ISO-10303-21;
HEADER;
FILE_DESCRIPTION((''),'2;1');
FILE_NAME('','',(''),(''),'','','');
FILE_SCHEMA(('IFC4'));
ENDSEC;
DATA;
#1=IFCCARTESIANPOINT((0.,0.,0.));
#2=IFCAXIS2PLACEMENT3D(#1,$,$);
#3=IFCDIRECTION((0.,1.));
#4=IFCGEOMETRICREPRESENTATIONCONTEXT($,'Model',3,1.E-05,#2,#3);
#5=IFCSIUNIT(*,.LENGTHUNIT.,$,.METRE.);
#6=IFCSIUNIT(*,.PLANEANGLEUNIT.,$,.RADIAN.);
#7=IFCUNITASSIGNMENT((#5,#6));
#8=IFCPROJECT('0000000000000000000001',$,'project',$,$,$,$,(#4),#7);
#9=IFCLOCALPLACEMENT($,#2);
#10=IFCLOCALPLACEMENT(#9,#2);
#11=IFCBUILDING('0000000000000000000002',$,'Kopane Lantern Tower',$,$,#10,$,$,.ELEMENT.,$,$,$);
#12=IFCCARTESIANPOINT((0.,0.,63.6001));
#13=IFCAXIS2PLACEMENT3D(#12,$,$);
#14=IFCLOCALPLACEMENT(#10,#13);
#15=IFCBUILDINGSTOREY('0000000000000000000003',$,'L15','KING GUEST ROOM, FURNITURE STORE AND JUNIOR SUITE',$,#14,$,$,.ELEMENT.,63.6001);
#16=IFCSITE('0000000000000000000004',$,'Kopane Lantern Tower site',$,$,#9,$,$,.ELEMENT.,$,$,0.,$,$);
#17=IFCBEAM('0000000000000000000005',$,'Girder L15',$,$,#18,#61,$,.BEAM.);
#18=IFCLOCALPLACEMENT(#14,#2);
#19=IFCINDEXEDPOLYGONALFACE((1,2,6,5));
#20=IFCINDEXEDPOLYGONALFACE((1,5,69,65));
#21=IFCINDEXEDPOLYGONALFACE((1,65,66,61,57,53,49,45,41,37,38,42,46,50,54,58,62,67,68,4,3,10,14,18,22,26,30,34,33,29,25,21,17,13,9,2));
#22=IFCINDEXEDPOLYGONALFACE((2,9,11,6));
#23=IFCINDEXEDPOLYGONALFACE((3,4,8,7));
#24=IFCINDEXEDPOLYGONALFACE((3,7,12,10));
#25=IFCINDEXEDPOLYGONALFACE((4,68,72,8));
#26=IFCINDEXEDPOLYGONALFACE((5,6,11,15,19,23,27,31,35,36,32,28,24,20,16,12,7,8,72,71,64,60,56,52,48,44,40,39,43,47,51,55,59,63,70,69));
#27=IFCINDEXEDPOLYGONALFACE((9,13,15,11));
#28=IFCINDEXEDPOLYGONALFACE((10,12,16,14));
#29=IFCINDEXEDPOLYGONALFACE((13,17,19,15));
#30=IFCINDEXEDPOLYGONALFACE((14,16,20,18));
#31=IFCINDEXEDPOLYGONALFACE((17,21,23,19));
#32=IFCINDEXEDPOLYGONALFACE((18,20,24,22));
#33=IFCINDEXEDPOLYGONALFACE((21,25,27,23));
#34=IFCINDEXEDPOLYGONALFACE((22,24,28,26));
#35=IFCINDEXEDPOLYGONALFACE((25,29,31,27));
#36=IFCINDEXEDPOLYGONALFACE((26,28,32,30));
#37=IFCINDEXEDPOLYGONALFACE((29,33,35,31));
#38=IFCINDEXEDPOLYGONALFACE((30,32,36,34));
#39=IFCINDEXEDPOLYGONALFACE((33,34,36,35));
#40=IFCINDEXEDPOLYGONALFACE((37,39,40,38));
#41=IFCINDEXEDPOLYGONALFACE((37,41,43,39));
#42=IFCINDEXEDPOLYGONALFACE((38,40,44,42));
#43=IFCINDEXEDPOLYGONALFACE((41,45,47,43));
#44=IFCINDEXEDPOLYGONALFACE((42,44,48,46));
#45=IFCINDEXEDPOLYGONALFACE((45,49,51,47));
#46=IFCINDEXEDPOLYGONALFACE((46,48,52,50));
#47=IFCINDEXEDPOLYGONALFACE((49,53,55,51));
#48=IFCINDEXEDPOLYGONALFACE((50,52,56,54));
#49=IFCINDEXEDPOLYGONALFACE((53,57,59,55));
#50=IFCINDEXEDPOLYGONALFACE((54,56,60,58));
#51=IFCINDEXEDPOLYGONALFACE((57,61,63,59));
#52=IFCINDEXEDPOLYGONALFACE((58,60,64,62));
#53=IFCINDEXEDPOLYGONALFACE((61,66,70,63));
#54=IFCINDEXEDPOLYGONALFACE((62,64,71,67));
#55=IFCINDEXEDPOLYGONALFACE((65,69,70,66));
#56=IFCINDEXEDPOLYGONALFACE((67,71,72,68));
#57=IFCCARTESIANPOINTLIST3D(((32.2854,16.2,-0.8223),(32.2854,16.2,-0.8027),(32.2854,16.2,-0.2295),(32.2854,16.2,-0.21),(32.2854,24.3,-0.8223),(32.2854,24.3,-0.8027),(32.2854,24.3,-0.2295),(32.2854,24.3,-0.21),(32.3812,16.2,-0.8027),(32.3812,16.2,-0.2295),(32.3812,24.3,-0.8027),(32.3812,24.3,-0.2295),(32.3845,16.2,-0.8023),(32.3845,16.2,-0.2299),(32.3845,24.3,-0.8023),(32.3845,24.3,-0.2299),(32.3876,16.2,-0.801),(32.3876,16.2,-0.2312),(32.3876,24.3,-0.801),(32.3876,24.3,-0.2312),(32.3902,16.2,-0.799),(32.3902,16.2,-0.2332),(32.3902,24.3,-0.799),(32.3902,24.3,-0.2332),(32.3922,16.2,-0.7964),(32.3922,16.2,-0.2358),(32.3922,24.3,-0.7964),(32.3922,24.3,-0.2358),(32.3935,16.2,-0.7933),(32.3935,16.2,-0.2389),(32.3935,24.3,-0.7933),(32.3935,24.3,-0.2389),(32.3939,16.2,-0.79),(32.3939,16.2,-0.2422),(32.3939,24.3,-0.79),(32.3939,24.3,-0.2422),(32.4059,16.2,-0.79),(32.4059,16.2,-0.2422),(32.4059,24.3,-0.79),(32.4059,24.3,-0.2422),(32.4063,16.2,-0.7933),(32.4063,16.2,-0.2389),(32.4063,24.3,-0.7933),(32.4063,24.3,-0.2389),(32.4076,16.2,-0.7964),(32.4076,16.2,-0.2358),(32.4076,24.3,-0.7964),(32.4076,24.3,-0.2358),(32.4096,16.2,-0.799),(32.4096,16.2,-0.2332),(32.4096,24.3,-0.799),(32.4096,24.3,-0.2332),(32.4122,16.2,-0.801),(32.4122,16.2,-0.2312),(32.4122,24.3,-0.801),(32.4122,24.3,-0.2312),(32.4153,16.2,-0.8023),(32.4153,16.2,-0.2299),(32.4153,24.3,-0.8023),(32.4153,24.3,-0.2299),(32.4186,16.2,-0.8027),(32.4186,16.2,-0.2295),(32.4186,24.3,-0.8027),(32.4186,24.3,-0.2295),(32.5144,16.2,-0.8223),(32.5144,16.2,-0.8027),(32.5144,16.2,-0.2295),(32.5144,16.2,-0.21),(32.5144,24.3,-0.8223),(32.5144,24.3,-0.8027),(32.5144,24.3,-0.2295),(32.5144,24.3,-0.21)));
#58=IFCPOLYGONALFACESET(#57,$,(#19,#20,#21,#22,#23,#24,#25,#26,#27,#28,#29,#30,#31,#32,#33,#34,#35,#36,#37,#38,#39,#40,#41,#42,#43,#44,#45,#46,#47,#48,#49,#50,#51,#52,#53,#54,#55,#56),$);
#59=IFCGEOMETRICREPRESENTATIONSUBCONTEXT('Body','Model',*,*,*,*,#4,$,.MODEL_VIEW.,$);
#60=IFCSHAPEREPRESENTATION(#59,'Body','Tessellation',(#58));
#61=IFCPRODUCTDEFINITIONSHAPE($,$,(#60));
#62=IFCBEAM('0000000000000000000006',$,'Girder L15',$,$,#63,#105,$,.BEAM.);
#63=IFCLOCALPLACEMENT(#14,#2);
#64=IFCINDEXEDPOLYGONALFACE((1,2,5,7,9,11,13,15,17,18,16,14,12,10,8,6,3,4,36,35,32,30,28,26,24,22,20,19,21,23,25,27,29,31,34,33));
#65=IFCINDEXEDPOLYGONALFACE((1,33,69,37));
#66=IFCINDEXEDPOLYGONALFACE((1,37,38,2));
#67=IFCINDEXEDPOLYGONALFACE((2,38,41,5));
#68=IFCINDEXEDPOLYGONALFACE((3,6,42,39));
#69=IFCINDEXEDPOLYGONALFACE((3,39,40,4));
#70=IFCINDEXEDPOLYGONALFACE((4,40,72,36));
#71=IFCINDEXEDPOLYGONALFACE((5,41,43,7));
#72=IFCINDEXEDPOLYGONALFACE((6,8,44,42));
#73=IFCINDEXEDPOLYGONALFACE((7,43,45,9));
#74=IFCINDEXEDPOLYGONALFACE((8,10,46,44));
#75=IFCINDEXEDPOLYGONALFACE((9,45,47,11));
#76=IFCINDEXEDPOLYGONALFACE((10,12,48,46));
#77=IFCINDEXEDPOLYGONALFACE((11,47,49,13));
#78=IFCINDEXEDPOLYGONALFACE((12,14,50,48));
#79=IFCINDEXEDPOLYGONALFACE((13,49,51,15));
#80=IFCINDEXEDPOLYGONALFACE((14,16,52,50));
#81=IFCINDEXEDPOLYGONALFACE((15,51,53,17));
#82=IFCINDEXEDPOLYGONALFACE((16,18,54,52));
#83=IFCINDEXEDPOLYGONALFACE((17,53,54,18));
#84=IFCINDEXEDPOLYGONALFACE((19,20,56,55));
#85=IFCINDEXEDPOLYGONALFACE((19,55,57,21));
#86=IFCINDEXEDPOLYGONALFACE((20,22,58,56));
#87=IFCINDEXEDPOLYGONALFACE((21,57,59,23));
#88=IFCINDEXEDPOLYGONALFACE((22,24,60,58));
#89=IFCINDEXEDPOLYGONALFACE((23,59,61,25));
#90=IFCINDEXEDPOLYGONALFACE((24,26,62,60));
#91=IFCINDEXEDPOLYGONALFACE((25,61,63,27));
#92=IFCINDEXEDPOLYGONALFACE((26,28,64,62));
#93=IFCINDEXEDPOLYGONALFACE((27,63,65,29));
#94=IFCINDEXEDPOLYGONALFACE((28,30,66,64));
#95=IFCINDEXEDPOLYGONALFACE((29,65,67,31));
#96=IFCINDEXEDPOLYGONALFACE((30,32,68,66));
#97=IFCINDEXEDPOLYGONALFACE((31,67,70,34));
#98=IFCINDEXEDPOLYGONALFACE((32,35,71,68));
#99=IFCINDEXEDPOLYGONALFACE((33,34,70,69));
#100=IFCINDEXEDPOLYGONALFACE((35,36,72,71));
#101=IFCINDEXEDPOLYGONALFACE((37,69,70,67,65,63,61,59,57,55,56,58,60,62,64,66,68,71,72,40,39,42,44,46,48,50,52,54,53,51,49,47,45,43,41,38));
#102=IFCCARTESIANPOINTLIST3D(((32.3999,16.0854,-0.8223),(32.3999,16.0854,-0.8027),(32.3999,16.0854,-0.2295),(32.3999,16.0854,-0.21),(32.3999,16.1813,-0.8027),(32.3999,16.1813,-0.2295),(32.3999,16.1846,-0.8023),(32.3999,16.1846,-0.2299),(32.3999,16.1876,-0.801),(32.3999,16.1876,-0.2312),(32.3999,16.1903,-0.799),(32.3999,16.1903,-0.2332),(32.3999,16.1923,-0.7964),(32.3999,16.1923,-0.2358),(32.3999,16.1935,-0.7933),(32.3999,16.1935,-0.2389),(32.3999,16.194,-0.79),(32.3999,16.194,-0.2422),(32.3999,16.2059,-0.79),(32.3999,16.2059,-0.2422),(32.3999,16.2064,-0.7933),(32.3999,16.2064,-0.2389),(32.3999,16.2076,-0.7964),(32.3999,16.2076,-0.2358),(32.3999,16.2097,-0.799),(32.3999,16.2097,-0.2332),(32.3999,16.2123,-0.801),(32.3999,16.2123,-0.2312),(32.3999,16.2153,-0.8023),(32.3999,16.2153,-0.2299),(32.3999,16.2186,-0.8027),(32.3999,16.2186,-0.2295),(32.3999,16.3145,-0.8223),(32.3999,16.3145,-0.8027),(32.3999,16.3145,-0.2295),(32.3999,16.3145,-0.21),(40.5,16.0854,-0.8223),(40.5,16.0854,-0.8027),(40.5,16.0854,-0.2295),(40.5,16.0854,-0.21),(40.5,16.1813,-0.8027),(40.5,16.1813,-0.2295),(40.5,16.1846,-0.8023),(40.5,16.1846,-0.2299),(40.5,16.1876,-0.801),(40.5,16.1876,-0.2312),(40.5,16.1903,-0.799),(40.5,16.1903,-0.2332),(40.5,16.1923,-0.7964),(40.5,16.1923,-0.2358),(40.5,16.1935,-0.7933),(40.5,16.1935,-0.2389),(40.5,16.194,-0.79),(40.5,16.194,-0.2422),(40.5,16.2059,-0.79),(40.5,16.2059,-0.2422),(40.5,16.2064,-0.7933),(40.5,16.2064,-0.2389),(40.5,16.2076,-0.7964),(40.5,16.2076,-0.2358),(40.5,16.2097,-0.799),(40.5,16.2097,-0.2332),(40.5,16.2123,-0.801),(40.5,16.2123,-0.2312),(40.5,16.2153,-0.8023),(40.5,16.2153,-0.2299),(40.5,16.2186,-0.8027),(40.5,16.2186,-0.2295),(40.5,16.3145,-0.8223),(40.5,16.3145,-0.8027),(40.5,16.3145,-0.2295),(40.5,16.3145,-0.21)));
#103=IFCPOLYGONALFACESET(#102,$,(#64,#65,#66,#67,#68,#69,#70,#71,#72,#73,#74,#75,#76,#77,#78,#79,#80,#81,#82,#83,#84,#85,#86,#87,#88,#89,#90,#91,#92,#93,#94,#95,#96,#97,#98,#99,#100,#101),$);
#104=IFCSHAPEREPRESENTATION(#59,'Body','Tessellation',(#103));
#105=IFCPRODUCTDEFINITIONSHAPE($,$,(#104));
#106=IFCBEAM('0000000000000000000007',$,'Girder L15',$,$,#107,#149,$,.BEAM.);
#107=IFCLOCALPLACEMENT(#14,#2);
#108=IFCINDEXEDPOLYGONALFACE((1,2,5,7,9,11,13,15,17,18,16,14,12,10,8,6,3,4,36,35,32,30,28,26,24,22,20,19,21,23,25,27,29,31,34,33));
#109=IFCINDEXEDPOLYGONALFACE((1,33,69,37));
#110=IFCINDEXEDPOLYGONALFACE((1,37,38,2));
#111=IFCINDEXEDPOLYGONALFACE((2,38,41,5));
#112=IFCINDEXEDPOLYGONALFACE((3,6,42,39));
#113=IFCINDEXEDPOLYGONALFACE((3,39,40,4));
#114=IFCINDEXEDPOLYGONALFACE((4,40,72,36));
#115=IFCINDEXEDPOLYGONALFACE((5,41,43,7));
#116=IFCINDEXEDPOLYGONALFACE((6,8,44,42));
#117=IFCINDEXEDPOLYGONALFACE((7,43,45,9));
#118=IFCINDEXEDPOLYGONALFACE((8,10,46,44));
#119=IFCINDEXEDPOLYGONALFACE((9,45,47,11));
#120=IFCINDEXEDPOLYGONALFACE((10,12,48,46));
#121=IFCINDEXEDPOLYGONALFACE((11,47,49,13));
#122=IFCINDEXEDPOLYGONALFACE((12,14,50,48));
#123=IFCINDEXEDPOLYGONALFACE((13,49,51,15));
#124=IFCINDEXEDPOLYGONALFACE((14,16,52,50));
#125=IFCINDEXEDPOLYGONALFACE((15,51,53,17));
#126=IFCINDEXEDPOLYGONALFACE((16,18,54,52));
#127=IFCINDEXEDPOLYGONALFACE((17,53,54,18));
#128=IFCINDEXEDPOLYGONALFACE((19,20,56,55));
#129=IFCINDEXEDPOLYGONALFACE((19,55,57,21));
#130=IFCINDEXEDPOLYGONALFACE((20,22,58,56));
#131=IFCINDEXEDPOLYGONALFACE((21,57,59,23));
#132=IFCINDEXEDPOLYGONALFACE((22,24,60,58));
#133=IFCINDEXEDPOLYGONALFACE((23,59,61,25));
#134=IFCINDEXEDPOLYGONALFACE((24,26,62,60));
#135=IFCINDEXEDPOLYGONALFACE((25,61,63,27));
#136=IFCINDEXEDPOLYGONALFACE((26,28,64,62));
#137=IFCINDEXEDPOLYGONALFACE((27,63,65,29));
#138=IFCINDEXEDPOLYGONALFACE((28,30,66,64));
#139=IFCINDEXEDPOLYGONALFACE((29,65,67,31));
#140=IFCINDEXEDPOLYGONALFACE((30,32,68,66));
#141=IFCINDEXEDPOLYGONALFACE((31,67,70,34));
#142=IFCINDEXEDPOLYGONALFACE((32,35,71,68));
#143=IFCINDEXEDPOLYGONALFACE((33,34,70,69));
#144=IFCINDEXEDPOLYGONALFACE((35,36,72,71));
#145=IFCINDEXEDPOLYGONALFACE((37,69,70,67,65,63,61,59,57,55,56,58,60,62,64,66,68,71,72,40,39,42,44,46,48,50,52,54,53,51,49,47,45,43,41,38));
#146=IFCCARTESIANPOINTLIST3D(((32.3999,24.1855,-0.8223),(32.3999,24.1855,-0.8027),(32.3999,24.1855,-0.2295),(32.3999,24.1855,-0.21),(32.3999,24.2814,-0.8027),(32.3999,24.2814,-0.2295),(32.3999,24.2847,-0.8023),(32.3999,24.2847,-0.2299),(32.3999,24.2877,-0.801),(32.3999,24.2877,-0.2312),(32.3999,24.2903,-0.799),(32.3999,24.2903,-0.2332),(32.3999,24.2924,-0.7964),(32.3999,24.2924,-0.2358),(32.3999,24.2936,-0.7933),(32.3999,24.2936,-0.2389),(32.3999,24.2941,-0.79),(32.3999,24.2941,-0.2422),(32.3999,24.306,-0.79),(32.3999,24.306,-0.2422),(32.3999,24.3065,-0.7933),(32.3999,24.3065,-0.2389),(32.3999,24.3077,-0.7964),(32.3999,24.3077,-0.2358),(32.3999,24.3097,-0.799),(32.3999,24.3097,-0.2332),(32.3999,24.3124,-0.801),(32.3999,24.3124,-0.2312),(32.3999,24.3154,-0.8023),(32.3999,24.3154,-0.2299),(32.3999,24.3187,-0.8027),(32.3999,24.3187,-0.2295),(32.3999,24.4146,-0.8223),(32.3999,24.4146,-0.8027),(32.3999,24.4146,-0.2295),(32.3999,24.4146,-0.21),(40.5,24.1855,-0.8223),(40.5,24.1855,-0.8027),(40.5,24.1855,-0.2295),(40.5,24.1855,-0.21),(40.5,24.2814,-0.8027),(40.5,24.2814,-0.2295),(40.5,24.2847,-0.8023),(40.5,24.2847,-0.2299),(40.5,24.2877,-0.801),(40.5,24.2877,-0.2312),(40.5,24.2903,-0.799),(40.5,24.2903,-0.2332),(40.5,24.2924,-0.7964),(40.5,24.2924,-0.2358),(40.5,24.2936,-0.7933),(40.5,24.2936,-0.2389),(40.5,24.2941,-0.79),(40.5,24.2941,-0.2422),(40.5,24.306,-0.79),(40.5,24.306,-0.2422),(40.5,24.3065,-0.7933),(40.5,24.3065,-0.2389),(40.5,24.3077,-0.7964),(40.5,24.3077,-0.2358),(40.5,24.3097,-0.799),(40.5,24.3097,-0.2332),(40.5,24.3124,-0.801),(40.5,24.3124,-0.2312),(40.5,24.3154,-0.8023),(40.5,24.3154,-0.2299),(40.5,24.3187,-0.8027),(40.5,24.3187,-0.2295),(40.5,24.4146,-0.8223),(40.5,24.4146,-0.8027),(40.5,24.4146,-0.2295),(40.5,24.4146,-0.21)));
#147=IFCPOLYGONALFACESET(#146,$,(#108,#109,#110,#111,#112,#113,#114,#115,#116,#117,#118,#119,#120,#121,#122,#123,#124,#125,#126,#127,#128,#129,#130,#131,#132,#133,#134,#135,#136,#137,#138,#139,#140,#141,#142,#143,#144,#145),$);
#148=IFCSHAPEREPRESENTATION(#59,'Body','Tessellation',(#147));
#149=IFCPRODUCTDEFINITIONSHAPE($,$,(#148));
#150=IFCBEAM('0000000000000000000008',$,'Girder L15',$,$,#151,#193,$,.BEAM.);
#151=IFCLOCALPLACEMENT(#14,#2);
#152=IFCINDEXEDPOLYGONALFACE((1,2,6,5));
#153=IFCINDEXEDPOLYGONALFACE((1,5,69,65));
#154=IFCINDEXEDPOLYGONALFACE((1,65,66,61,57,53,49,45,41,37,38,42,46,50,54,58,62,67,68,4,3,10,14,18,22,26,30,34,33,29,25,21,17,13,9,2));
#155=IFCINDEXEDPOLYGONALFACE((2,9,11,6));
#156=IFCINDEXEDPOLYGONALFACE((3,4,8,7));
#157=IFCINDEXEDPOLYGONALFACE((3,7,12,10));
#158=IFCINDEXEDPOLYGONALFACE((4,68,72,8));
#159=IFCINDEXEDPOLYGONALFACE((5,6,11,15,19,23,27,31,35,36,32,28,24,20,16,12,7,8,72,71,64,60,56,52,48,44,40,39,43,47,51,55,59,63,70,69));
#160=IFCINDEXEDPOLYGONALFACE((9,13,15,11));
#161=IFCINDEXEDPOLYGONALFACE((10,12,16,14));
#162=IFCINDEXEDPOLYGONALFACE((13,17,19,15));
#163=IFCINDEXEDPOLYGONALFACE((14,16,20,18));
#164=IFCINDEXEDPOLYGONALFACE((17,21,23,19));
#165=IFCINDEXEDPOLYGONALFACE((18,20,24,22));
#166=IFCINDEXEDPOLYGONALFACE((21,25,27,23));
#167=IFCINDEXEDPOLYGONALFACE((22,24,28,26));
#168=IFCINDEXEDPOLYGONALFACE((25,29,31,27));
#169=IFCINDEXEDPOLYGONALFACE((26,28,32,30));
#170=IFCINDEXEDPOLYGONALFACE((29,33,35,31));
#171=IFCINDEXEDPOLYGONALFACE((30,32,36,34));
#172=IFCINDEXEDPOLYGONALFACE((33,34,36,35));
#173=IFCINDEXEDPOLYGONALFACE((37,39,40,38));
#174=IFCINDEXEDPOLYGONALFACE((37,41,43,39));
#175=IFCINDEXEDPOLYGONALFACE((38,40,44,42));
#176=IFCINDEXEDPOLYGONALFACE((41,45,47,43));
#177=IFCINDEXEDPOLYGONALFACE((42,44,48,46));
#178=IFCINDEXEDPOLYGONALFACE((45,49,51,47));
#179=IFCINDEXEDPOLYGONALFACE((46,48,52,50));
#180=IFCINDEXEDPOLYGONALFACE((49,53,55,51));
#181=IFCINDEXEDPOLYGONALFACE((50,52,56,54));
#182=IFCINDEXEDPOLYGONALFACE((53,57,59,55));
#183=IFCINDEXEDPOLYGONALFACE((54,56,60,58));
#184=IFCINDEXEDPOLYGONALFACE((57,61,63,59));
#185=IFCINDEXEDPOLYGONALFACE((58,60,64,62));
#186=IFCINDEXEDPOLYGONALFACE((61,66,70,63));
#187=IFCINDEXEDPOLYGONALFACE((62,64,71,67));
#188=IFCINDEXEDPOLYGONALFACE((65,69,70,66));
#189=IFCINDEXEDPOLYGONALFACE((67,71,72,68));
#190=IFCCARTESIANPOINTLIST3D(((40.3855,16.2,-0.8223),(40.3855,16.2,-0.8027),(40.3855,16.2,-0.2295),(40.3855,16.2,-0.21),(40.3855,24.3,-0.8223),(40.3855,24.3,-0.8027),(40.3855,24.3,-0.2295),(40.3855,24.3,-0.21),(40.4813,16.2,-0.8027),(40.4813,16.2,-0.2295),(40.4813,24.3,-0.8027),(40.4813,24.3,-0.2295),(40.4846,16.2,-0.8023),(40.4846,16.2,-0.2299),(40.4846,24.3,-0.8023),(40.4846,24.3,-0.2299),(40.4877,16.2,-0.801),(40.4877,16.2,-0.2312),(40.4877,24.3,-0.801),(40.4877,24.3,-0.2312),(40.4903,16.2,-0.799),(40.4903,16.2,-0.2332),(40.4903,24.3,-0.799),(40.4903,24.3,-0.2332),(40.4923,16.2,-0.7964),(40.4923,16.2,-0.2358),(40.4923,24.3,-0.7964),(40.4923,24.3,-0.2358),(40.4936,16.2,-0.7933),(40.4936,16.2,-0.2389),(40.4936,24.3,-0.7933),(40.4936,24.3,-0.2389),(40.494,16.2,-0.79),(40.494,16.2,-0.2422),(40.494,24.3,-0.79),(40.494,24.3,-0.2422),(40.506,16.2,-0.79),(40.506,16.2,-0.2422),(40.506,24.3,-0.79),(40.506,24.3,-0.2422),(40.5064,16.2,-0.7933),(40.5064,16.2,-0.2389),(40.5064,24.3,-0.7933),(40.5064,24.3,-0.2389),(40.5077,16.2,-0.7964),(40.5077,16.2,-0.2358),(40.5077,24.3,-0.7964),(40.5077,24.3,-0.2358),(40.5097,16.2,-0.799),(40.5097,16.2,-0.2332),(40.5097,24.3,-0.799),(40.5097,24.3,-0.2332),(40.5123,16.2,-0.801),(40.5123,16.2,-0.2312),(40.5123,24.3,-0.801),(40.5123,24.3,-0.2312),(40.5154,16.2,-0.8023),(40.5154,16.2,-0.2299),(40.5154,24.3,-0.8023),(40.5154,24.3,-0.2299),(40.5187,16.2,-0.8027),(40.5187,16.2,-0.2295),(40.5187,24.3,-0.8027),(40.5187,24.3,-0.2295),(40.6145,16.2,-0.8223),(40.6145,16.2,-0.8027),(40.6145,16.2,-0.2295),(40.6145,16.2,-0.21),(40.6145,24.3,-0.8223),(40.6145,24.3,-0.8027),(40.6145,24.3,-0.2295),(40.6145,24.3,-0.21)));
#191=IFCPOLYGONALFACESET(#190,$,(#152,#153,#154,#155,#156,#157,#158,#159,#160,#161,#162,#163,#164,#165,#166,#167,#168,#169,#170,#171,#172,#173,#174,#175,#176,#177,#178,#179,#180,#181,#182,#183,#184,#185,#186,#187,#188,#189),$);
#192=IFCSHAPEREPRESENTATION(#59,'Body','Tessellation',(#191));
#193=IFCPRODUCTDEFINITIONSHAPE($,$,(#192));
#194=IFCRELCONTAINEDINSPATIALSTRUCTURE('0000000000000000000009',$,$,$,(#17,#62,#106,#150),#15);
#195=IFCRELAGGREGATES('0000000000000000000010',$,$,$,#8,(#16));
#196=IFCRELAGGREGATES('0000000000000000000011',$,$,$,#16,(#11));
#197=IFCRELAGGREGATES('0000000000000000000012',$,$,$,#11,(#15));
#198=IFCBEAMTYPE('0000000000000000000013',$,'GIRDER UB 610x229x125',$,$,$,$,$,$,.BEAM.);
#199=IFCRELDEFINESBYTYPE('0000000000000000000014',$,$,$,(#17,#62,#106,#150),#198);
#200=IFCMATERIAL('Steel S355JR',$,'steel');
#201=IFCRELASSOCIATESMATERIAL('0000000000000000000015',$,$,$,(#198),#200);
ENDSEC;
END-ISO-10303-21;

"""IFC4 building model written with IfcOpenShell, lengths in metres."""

from ifc_helpers import new_model, si_unit, direction, frame, origin, origin_2d, place, context, subcontext, project, spatial, i_section, extrude, material, material_profile, profile_set, type_object, element, save


model = new_model("IFC4")

# Units and contexts
model_context = context("Model", 3, precision=1e-05, world=origin(), true_north=direction((0.0, 1.0)))
body_context = subcontext(model_context, "Body", "Model", "MODEL_VIEW")
ifc_project = project(units=[si_unit("LENGTHUNIT", "METRE"), si_unit("PLANEANGLEUNIT", "RADIAN")], contexts=[model_context])

# Site, building, storey
site_placement = place(None, origin())
site = spatial("IfcSite", under=ifc_project, at=site_placement, Name="Kopane Lantern Tower site", CompositionType="ELEMENT", RefElevation=0.0)
building_placement = place(site_placement, origin())
building = spatial("IfcBuilding", under=site, at=building_placement, Name="Kopane Lantern Tower", CompositionType="ELEMENT")
storey_placement = place(building_placement, frame((0.0, 0.0, 63.6001)))
storey = spatial("IfcBuildingStorey", under=building, at=storey_placement, Name="L15", Description="KING GUEST ROOM, FURNITURE STORE AND JUNIOR SUITE", CompositionType="ELEMENT", Elevation=63.6001)

# Beams
ifc_material_1 = material(Name="Steel S355JR", Category="steel")
ifc_material_profile_1 = material_profile(ifc_material_1, i_section(OverallWidth=0.229, OverallDepth=0.6123, WebThickness=0.012, FlangeThickness=0.0195, FilletRadius=0.0127, at=origin_2d()), Name="UB 610x229x125")
ifc_profile_set_1 = profile_set([ifc_material_profile_1], Name="Steel S355JR")
beam_type_1 = type_object("IfcBeamType", Name="GIRDER UB 610x229x125", PredefinedType="BEAM", material=ifc_profile_set_1)
for number, where, z_axis, x_axis, name in (
    (1, (32.3999, 16.2, -0.5161), (0.0, 1.0, 0.0), (-1.0, 0.0, 0.0), "Girder L15"),
    (2, (32.3999, 16.2, -0.5161), (1.0, 0.0, 0.0), (0.0, 1.0, 0.0), "Girder L15"),
    (3, (32.3999, 24.3, -0.5161), (1.0, 0.0, 0.0), (0.0, 1.0, 0.0), "Girder L15"),
    (4, (40.5, 16.2, -0.5161), (0.0, 1.0, 0.0), (-1.0, 0.0, 0.0), "Girder L15"),
):
    element("IfcBeam", number, at=place(storey_placement, frame(where, z_axis=z_axis, x_axis=x_axis)), inside=storey, type_object=beam_type_1, Name=name, PredefinedType="BEAM", context=body_context, shape_type="SweptSolid", body=[
        extrude(i_section(OverallWidth=0.229, OverallDepth=0.6123, WebThickness=0.012, FlangeThickness=0.0195, FilletRadius=0.0127, at=origin_2d()), origin(), (0.0, 0.0, 1.0), 8.1001),
    ])

save(model, "model.ifc")
